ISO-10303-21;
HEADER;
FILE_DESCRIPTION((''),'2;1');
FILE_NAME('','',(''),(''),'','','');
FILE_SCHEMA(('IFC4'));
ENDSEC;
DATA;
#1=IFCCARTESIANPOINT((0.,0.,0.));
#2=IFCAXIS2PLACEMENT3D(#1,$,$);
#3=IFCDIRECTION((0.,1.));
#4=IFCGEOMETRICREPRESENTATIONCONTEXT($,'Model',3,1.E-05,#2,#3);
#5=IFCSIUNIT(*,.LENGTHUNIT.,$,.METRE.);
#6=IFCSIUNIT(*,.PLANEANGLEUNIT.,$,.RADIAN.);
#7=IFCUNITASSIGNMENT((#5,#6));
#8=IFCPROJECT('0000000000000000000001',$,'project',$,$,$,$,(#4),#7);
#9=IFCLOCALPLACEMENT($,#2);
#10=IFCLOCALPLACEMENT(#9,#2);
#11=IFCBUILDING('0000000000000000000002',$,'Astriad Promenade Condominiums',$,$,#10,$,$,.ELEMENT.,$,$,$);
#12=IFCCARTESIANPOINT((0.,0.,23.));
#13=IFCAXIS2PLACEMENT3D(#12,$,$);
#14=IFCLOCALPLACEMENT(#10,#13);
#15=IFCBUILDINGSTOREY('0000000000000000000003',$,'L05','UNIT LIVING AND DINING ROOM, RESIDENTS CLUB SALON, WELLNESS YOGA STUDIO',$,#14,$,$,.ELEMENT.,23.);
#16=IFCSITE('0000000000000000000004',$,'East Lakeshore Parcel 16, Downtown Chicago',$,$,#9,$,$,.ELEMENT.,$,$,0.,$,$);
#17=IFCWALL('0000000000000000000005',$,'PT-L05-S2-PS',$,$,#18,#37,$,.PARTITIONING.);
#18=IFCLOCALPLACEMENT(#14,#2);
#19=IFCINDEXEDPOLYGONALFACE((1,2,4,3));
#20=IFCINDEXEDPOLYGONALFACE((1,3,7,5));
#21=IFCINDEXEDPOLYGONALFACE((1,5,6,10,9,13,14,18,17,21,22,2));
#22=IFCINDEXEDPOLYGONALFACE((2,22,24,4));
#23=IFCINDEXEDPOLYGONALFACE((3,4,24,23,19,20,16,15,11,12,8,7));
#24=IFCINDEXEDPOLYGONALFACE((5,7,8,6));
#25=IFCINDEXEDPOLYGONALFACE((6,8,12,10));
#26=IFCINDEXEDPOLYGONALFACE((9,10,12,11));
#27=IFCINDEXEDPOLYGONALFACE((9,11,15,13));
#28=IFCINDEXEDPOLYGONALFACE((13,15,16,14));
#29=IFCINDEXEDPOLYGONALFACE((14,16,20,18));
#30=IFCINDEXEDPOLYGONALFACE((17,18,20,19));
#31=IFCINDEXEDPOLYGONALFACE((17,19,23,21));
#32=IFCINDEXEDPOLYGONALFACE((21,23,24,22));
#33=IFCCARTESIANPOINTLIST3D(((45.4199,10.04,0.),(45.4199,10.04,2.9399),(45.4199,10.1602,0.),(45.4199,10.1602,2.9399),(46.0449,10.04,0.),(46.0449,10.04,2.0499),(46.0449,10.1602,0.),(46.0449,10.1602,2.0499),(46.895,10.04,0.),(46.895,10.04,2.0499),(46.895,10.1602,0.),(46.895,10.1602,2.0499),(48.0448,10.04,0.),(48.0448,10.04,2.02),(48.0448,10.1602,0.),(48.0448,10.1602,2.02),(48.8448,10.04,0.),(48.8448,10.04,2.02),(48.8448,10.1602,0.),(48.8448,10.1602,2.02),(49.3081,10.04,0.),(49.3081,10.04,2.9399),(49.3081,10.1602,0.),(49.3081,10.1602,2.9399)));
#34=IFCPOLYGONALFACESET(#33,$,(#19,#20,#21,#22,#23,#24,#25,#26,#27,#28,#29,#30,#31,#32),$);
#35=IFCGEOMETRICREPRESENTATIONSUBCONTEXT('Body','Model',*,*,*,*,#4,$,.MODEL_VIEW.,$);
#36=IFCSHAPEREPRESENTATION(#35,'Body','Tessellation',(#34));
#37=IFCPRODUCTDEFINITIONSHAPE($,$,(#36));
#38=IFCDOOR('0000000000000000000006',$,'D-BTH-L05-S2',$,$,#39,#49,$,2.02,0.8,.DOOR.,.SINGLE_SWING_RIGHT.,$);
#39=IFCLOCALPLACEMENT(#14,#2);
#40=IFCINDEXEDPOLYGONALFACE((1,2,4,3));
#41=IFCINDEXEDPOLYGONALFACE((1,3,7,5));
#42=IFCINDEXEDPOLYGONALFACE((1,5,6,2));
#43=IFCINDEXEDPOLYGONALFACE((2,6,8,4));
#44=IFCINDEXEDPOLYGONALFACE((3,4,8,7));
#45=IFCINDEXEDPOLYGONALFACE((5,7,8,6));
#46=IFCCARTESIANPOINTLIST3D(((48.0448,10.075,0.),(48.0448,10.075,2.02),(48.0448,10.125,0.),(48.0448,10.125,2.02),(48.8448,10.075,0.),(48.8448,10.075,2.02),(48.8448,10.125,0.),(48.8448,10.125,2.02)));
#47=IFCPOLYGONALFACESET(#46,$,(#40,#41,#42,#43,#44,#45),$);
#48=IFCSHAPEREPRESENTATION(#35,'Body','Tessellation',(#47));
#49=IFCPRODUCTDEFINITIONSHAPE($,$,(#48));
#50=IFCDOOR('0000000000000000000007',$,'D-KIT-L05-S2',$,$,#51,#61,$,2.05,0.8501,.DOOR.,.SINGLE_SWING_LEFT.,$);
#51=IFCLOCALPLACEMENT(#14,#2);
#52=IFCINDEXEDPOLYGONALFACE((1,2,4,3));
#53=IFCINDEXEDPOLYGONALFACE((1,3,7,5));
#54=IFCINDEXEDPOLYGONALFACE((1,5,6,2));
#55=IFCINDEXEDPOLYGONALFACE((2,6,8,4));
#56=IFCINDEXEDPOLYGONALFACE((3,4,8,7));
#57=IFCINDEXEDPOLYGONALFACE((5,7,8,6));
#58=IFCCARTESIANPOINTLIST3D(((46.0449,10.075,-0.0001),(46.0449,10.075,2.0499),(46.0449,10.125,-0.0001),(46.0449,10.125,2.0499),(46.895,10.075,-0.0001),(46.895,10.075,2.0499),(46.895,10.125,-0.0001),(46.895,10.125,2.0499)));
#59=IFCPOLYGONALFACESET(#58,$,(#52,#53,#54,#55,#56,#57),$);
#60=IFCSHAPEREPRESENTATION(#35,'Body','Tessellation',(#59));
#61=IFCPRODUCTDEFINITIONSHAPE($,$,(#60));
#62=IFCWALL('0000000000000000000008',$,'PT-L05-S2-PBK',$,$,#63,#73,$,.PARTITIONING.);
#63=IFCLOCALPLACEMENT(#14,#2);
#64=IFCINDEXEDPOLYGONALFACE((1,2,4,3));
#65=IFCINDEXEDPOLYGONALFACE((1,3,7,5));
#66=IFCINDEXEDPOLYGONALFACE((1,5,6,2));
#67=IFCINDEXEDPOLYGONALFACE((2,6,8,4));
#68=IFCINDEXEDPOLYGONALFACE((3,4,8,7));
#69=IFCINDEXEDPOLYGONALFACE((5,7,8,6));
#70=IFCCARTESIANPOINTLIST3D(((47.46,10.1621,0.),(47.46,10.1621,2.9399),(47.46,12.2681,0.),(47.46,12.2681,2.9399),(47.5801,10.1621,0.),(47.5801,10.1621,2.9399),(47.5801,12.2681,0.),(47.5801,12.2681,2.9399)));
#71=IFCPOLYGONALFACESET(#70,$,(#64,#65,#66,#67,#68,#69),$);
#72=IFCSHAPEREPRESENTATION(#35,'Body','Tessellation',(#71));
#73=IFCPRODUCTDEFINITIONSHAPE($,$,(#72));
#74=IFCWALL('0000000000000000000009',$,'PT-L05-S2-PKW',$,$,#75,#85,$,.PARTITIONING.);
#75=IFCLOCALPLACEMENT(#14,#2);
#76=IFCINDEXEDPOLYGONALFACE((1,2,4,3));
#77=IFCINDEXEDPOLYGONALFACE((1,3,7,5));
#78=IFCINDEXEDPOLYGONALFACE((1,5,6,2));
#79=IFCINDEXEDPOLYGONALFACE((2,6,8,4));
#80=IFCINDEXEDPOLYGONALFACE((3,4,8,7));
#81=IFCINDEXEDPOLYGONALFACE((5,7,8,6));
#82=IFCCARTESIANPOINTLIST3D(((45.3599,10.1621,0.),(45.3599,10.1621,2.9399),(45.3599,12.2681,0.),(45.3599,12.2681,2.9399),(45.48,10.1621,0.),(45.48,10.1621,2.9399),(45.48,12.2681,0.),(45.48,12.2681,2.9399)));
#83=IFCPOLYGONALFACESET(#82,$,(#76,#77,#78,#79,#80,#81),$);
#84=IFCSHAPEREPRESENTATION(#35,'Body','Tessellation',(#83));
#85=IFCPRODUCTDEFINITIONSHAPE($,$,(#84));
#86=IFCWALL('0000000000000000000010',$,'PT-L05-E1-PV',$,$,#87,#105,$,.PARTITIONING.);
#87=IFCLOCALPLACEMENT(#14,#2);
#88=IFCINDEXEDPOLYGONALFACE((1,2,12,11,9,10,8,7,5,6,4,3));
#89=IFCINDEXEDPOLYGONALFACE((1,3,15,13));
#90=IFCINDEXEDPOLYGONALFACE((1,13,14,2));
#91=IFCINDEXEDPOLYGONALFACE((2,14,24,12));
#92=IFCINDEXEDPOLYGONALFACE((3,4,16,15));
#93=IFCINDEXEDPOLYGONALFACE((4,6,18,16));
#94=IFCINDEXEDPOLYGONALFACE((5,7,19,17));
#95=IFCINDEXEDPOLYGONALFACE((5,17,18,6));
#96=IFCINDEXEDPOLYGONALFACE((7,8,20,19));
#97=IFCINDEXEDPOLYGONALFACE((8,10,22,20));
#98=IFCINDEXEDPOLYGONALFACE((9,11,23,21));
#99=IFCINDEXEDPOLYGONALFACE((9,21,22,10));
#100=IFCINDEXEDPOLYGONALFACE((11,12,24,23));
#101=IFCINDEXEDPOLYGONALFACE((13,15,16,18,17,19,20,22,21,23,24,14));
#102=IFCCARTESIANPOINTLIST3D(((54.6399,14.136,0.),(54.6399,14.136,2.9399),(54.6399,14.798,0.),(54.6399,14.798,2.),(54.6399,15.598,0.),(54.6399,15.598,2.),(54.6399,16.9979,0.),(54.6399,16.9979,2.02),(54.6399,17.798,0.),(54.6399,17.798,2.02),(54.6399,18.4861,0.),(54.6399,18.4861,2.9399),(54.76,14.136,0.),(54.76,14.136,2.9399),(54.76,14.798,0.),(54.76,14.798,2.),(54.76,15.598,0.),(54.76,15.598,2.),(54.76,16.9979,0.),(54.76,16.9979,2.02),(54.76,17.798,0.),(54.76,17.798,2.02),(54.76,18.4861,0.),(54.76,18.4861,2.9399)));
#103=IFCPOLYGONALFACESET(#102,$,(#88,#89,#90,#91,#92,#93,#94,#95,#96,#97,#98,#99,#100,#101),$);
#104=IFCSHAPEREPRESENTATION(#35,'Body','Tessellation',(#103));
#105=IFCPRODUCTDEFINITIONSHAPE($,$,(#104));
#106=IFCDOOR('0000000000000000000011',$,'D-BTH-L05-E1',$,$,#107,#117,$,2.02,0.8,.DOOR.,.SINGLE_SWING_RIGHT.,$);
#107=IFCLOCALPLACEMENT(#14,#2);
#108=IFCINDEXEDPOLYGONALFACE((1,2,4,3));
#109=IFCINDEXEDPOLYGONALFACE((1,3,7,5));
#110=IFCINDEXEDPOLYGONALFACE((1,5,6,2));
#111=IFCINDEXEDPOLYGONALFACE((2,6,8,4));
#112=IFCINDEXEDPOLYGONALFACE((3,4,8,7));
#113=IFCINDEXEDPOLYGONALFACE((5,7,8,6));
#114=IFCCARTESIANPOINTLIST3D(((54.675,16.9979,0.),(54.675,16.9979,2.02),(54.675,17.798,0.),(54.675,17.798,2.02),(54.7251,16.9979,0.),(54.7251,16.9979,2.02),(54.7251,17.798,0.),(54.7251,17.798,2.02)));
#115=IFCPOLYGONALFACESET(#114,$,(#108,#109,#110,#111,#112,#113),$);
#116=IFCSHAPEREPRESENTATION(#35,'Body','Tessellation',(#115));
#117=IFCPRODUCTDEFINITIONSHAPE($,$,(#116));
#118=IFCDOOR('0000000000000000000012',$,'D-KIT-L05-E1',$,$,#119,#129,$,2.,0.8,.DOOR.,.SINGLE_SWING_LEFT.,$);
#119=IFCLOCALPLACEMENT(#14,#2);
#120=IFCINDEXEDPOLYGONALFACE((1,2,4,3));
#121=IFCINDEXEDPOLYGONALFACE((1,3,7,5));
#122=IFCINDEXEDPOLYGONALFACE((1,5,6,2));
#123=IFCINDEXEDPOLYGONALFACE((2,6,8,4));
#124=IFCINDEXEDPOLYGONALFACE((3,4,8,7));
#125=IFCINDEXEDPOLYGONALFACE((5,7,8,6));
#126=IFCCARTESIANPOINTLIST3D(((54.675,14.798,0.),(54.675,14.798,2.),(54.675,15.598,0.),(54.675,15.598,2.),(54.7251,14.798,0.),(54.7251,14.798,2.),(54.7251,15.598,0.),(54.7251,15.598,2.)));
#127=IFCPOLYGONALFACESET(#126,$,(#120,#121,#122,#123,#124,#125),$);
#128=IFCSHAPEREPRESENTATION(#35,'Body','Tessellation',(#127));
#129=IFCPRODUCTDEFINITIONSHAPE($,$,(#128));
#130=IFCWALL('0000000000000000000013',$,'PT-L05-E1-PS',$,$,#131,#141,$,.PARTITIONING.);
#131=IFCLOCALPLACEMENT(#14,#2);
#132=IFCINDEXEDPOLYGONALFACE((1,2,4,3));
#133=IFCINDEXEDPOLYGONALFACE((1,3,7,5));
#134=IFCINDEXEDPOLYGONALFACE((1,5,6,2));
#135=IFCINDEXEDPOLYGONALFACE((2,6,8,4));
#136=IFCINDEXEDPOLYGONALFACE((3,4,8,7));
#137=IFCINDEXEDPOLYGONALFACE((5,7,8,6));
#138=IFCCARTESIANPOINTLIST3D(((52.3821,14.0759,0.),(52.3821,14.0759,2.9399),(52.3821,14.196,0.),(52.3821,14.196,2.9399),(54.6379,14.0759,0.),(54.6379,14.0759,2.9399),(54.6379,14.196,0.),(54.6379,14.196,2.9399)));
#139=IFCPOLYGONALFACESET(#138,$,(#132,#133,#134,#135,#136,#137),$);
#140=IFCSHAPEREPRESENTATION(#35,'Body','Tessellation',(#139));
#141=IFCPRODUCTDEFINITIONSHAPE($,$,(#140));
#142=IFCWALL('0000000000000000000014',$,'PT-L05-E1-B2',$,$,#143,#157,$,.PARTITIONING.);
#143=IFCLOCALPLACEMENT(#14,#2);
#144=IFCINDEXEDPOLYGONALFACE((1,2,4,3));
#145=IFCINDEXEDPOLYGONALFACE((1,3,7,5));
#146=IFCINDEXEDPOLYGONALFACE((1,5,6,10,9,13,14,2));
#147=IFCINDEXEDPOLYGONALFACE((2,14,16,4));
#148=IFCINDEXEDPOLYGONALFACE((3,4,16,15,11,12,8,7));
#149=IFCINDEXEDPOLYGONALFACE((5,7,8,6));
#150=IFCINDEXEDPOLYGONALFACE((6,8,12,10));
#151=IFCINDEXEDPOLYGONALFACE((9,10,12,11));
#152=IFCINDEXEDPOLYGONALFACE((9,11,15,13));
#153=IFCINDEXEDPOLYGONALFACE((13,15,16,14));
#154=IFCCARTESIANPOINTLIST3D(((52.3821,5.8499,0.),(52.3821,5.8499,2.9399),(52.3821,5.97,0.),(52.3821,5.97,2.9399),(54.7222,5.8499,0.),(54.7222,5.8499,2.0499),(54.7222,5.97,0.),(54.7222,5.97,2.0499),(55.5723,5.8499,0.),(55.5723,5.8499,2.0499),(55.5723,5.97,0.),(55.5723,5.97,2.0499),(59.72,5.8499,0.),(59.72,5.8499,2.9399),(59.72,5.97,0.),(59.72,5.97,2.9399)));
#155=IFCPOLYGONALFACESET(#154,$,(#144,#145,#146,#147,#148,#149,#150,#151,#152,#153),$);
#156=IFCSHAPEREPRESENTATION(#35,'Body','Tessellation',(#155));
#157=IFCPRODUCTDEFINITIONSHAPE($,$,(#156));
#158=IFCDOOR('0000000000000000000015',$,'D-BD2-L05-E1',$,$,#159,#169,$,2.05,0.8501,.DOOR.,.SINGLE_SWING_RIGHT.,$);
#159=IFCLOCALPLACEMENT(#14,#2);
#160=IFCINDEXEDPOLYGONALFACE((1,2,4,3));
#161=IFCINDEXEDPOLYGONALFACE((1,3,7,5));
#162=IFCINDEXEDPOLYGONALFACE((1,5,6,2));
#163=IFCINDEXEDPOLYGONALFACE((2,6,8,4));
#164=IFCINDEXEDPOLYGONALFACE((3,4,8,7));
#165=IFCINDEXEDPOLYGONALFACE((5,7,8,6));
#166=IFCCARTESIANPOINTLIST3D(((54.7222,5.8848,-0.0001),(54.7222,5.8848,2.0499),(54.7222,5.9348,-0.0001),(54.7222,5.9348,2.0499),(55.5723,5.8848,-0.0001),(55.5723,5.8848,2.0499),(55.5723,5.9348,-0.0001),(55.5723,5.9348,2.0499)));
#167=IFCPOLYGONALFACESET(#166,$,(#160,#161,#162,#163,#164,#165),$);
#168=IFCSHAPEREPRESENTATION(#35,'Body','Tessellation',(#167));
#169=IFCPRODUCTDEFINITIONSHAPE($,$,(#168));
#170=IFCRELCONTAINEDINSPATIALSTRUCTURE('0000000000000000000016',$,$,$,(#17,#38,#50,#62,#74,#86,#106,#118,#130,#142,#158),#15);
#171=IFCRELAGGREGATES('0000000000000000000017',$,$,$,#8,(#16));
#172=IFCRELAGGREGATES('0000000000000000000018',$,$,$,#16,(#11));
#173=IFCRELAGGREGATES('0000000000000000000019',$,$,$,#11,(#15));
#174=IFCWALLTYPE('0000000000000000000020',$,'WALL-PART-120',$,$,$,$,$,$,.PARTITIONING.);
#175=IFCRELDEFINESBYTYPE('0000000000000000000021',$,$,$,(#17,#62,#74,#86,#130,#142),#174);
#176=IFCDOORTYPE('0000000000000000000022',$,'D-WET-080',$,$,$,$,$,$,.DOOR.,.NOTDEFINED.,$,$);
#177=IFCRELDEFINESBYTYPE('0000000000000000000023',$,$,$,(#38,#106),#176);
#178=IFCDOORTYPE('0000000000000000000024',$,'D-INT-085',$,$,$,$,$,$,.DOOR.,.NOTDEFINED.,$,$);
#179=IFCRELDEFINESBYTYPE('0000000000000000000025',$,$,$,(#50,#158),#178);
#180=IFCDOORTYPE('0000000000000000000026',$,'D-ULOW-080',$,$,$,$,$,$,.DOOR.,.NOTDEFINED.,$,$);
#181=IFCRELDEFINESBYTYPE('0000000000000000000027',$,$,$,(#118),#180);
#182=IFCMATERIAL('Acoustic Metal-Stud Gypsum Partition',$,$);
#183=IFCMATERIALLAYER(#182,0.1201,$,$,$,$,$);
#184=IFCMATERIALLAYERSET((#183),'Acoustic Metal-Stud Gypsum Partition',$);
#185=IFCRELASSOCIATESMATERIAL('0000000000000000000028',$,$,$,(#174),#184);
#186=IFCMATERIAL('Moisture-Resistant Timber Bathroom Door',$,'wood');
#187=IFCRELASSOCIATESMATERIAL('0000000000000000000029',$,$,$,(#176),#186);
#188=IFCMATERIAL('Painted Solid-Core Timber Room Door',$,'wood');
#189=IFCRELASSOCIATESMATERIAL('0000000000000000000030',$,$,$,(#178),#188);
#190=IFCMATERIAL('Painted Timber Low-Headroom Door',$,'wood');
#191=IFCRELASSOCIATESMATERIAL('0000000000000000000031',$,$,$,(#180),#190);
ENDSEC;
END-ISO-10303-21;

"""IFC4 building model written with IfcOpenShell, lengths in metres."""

from ifc_helpers import new_model, si_unit, direction, frame, frame_2d, origin, place, context, subcontext, project, spatial, rectangle, extrude, source, transform, mapped, material, layer, layer_set, type_object, type_shapes, element, fill, save


model = new_model("IFC4")

# Units and contexts
model_context = context("Model", 3, precision=1e-05, world=origin(), true_north=direction((0.0, 1.0)))
body_context = subcontext(model_context, "Body", "Model", "MODEL_VIEW")
ifc_project = project(units=[si_unit("LENGTHUNIT", "METRE"), si_unit("PLANEANGLEUNIT", "RADIAN")], contexts=[model_context])

# Site, building, storey
site_placement = place(None, origin())
site = spatial("IfcSite", under=ifc_project, at=site_placement, Name="East Lakeshore Parcel 16, Downtown Chicago", CompositionType="ELEMENT", RefElevation=0.0)
building_placement = place(site_placement, origin())
building = spatial("IfcBuilding", under=site, at=building_placement, Name="Astriad Promenade Condominiums", CompositionType="ELEMENT")
storey_placement = place(building_placement, frame((0.0, 0.0, 23.0)))
storey = spatial("IfcBuildingStorey", under=building, at=storey_placement, Name="L05", Description="UNIT LIVING AND DINING ROOM, RESIDENTS CLUB SALON, WELLNESS YOGA STUDIO", CompositionType="ELEMENT", Elevation=23.0)

# Shared definitions
ifc_material_1 = material(Name="Acoustic Metal-Stud Gypsum Partition")
ifc_layer_1 = layer(ifc_material_1, 0.1201)
ifc_layer_set_1 = layer_set([ifc_layer_1], Name="Acoustic Metal-Stud Gypsum Partition")
wall_type_1 = type_object("IfcWallType", Name="WALL-PART-120", PredefinedType="PARTITIONING", material=ifc_layer_set_1)

# Wall, openings, doors
wall_1_placement = place(storey_placement, frame((45.4199, 10.1001, 0.0), z_axis=(0.0, 0.0, 1.0), x_axis=(1.0, 0.0, 0.0)))
wall_1 = element("IfcWall", 1, at=wall_1_placement, inside=storey, type_object=wall_type_1, Name="PT-L05-S2-PS", PredefinedType="PARTITIONING", context=body_context, shape_type="SweptSolid", body=[
    extrude(rectangle(XDim=3.8882, YDim=0.1201, at=frame_2d((1.9441, 0.0))), origin(), (0.0, 0.0, 1.0), 2.9399),
])
opening_1_placement = place(wall_1_placement, frame((0.625, 0.0, 0.0)))
opening_1 = element("IfcOpeningElement", 2, at=opening_1_placement, cuts=wall_1, PredefinedType="OPENING", context=body_context, shape_type="SweptSolid", body=[
    extrude(rectangle(XDim=0.8501, YDim=2.05, at=frame_2d((0.425, 1.0249))), frame((0.0, 0.0701, 0.0), z_axis=(0.0, -1.0, 0.0), x_axis=(1.0, 0.0, 0.0)), (0.0, 0.0, 1.0), 0.1401),
])
opening_2_placement = place(wall_1_placement, frame((2.625, 0.0, 0.0)))
opening_2 = element("IfcOpeningElement", 3, at=opening_2_placement, cuts=wall_1, PredefinedType="OPENING", context=body_context, shape_type="SweptSolid", body=[
    extrude(rectangle(XDim=0.8, YDim=2.02, at=frame_2d((0.3999, 1.01))), frame((0.0, 0.0701, 0.0), z_axis=(0.0, -1.0, 0.0), x_axis=(1.0, 0.0, 0.0)), (0.0, 0.0, 1.0), 0.1401),
])
ifc_material_2 = material(Name="Moisture-Resistant Timber Bathroom Door", Category="wood")
door_type_1 = type_object("IfcDoorType", Name="D-WET-080", OperationType="NOTDEFINED", PredefinedType="DOOR", material=ifc_material_2)
shared_shape_1 = source(origin(), body_context, "Body", "SweptSolid", [
    extrude(rectangle(XDim=0.8, YDim=2.02, at=frame_2d((0.3999, 1.01))), frame((0.0, 0.0249, 0.0), z_axis=(0.0, -1.0, 0.0), x_axis=(1.0, 0.0, 0.0)), (0.0, 0.0, 1.0), 0.05),
])
type_shapes(door_type_1, [shared_shape_1])
door_1_placement = place(opening_2_placement, origin())
door_1 = element("IfcDoor", 4, at=door_1_placement, inside=storey, type_object=door_type_1, Name="D-BTH-L05-S2", OperationType="SINGLE_SWING_RIGHT", OverallHeight=2.02, OverallWidth=0.8, PredefinedType="DOOR", context=body_context, shape_type="MappedRepresentation", body=[
    mapped(shared_shape_1, transform((0.0, 0.0, 0.0), scale=1.0)),
])
fill(opening_2, door_1)
ifc_material_3 = material(Name="Painted Solid-Core Timber Room Door", Category="wood")
door_type_2 = type_object("IfcDoorType", Name="D-INT-085", OperationType="NOTDEFINED", PredefinedType="DOOR", material=ifc_material_3)
shared_shape_2 = source(origin(), body_context, "Body", "SweptSolid", [
    extrude(rectangle(XDim=0.8501, YDim=2.05, at=frame_2d((0.425, 1.0249))), frame((0.0, 0.0249, 0.0), z_axis=(0.0, -1.0, 0.0), x_axis=(1.0, 0.0, 0.0)), (0.0, 0.0, 1.0), 0.05),
])
type_shapes(door_type_2, [shared_shape_2])
door_2_placement = place(opening_1_placement, origin())
door_2 = element("IfcDoor", 5, at=door_2_placement, inside=storey, type_object=door_type_2, Name="D-KIT-L05-S2", OperationType="SINGLE_SWING_LEFT", OverallHeight=2.05, OverallWidth=0.8501, PredefinedType="DOOR", context=body_context, shape_type="MappedRepresentation", body=[
    mapped(shared_shape_2, transform((0.0, 0.0, 0.0), scale=1.0)),
])
fill(opening_1, door_2)

# Walls
for number, where, z_axis, x_axis, name in (
    (6, (47.52, 10.1621, 0.0), (0.0, 0.0, 1.0), (0.0, 1.0, 0.0), "PT-L05-S2-PBK"),
    (7, (45.4199, 10.1621, 0.0), (0.0, 0.0, 1.0), (0.0, 1.0, 0.0), "PT-L05-S2-PKW"),
):
    element("IfcWall", number, at=place(storey_placement, frame(where, z_axis=z_axis, x_axis=x_axis)), inside=storey, type_object=wall_type_1, Name=name, PredefinedType="PARTITIONING", context=body_context, shape_type="SweptSolid", body=[
        extrude(rectangle(XDim=2.106, YDim=0.1201, at=frame_2d((1.053, 0.0))), origin(), (0.0, 0.0, 1.0), 2.9399),
    ])

# Wall, openings, doors
wall_2_placement = place(storey_placement, frame((54.7, 14.136, 0.0), z_axis=(0.0, 0.0, 1.0), x_axis=(0.0, 1.0, 0.0)))
wall_2 = element("IfcWall", 8, at=wall_2_placement, inside=storey, type_object=wall_type_1, Name="PT-L05-E1-PV", PredefinedType="PARTITIONING", context=body_context, shape_type="SweptSolid", body=[
    extrude(rectangle(XDim=4.3501, YDim=0.1201, at=frame_2d((2.175, 0.0))), origin(), (0.0, 0.0, 1.0), 2.9399),
])
opening_3_placement = place(wall_2_placement, frame((0.6621, 0.0, 0.0)))
opening_3 = element("IfcOpeningElement", 9, at=opening_3_placement, cuts=wall_2, PredefinedType="OPENING", context=body_context, shape_type="SweptSolid", body=[
    extrude(rectangle(XDim=0.8, YDim=2.0, at=frame_2d((0.3999, 1.0))), frame((0.0, 0.0701, 0.0), z_axis=(0.0, -1.0, 0.0), x_axis=(1.0, 0.0, 0.0)), (0.0, 0.0, 1.0), 0.1401),
])
opening_4_placement = place(wall_2_placement, frame((2.8621, 0.0, 0.0)))
opening_4 = element("IfcOpeningElement", 10, at=opening_4_placement, cuts=wall_2, PredefinedType="OPENING", context=body_context, shape_type="SweptSolid", body=[
    extrude(rectangle(XDim=0.8, YDim=2.02, at=frame_2d((0.3999, 1.01))), frame((0.0, 0.0701, 0.0), z_axis=(0.0, -1.0, 0.0), x_axis=(1.0, 0.0, 0.0)), (0.0, 0.0, 1.0), 0.1401),
])
door_3_placement = place(opening_4_placement, origin())
door_3 = element("IfcDoor", 11, at=door_3_placement, inside=storey, type_object=door_type_1, Name="D-BTH-L05-E1", OperationType="SINGLE_SWING_RIGHT", OverallHeight=2.02, OverallWidth=0.8, PredefinedType="DOOR", context=body_context, shape_type="MappedRepresentation", body=[
    mapped(shared_shape_1, transform((0.0, 0.0, 0.0), scale=1.0)),
])
fill(opening_4, door_3)
ifc_material_4 = material(Name="Painted Timber Low-Headroom Door", Category="wood")
door_type_3 = type_object("IfcDoorType", Name="D-ULOW-080", OperationType="NOTDEFINED", PredefinedType="DOOR", material=ifc_material_4)
shared_shape_3 = source(origin(), body_context, "Body", "SweptSolid", [
    extrude(rectangle(XDim=0.8, YDim=2.0, at=frame_2d((0.3999, 1.0))), frame((0.0, 0.0249, 0.0), z_axis=(0.0, -1.0, 0.0), x_axis=(1.0, 0.0, 0.0)), (0.0, 0.0, 1.0), 0.05),
])
type_shapes(door_type_3, [shared_shape_3])
door_4_placement = place(opening_3_placement, origin())
door_4 = element("IfcDoor", 12, at=door_4_placement, inside=storey, type_object=door_type_3, Name="D-KIT-L05-E1", OperationType="SINGLE_SWING_LEFT", OverallHeight=2.0, OverallWidth=0.8, PredefinedType="DOOR", context=body_context, shape_type="MappedRepresentation", body=[
    mapped(shared_shape_3, transform((0.0, 0.0, 0.0), scale=1.0)),
])
fill(opening_3, door_4)

# Wall
wall_3_placement = place(storey_placement, frame((52.3821, 14.136, 0.0), z_axis=(0.0, 0.0, 1.0), x_axis=(1.0, 0.0, 0.0)))
element("IfcWall", 13, at=wall_3_placement, inside=storey, type_object=wall_type_1, Name="PT-L05-E1-PS", PredefinedType="PARTITIONING", context=body_context, shape_type="SweptSolid", body=[
    extrude(rectangle(XDim=2.2559, YDim=0.1201, at=frame_2d((1.1279, 0.0))), origin(), (0.0, 0.0, 1.0), 2.9399),
])

# Wall, opening, door
wall_4_placement = place(storey_placement, frame((52.3821, 5.9099, 0.0), z_axis=(0.0, 0.0, 1.0), x_axis=(1.0, 0.0, 0.0)))
wall_4 = element("IfcWall", 14, at=wall_4_placement, inside=storey, type_object=wall_type_1, Name="PT-L05-E1-B2", PredefinedType="PARTITIONING", context=body_context, shape_type="SweptSolid", body=[
    extrude(rectangle(XDim=7.3379, YDim=0.1201, at=frame_2d((3.6689, 0.0))), origin(), (0.0, 0.0, 1.0), 2.9399),
])
opening_5_placement = place(wall_4_placement, frame((2.3401, 0.0, 0.0)))
opening_5 = element("IfcOpeningElement", 15, at=opening_5_placement, cuts=wall_4, PredefinedType="OPENING", context=body_context, shape_type="SweptSolid", body=[
    extrude(rectangle(XDim=0.8501, YDim=2.05, at=frame_2d((0.425, 1.0249))), frame((0.0, 0.0701, 0.0), z_axis=(0.0, -1.0, 0.0), x_axis=(1.0, 0.0, 0.0)), (0.0, 0.0, 1.0), 0.1401),
])
door_5_placement = place(opening_5_placement, origin())
door_5 = element("IfcDoor", 16, at=door_5_placement, inside=storey, type_object=door_type_2, Name="D-BD2-L05-E1", OperationType="SINGLE_SWING_RIGHT", OverallHeight=2.05, OverallWidth=0.8501, PredefinedType="DOOR", context=body_context, shape_type="MappedRepresentation", body=[
    mapped(shared_shape_2, transform((0.0, 0.0, 0.0), scale=1.0)),
])
fill(opening_5, door_5)

save(model, "model.ifc")
